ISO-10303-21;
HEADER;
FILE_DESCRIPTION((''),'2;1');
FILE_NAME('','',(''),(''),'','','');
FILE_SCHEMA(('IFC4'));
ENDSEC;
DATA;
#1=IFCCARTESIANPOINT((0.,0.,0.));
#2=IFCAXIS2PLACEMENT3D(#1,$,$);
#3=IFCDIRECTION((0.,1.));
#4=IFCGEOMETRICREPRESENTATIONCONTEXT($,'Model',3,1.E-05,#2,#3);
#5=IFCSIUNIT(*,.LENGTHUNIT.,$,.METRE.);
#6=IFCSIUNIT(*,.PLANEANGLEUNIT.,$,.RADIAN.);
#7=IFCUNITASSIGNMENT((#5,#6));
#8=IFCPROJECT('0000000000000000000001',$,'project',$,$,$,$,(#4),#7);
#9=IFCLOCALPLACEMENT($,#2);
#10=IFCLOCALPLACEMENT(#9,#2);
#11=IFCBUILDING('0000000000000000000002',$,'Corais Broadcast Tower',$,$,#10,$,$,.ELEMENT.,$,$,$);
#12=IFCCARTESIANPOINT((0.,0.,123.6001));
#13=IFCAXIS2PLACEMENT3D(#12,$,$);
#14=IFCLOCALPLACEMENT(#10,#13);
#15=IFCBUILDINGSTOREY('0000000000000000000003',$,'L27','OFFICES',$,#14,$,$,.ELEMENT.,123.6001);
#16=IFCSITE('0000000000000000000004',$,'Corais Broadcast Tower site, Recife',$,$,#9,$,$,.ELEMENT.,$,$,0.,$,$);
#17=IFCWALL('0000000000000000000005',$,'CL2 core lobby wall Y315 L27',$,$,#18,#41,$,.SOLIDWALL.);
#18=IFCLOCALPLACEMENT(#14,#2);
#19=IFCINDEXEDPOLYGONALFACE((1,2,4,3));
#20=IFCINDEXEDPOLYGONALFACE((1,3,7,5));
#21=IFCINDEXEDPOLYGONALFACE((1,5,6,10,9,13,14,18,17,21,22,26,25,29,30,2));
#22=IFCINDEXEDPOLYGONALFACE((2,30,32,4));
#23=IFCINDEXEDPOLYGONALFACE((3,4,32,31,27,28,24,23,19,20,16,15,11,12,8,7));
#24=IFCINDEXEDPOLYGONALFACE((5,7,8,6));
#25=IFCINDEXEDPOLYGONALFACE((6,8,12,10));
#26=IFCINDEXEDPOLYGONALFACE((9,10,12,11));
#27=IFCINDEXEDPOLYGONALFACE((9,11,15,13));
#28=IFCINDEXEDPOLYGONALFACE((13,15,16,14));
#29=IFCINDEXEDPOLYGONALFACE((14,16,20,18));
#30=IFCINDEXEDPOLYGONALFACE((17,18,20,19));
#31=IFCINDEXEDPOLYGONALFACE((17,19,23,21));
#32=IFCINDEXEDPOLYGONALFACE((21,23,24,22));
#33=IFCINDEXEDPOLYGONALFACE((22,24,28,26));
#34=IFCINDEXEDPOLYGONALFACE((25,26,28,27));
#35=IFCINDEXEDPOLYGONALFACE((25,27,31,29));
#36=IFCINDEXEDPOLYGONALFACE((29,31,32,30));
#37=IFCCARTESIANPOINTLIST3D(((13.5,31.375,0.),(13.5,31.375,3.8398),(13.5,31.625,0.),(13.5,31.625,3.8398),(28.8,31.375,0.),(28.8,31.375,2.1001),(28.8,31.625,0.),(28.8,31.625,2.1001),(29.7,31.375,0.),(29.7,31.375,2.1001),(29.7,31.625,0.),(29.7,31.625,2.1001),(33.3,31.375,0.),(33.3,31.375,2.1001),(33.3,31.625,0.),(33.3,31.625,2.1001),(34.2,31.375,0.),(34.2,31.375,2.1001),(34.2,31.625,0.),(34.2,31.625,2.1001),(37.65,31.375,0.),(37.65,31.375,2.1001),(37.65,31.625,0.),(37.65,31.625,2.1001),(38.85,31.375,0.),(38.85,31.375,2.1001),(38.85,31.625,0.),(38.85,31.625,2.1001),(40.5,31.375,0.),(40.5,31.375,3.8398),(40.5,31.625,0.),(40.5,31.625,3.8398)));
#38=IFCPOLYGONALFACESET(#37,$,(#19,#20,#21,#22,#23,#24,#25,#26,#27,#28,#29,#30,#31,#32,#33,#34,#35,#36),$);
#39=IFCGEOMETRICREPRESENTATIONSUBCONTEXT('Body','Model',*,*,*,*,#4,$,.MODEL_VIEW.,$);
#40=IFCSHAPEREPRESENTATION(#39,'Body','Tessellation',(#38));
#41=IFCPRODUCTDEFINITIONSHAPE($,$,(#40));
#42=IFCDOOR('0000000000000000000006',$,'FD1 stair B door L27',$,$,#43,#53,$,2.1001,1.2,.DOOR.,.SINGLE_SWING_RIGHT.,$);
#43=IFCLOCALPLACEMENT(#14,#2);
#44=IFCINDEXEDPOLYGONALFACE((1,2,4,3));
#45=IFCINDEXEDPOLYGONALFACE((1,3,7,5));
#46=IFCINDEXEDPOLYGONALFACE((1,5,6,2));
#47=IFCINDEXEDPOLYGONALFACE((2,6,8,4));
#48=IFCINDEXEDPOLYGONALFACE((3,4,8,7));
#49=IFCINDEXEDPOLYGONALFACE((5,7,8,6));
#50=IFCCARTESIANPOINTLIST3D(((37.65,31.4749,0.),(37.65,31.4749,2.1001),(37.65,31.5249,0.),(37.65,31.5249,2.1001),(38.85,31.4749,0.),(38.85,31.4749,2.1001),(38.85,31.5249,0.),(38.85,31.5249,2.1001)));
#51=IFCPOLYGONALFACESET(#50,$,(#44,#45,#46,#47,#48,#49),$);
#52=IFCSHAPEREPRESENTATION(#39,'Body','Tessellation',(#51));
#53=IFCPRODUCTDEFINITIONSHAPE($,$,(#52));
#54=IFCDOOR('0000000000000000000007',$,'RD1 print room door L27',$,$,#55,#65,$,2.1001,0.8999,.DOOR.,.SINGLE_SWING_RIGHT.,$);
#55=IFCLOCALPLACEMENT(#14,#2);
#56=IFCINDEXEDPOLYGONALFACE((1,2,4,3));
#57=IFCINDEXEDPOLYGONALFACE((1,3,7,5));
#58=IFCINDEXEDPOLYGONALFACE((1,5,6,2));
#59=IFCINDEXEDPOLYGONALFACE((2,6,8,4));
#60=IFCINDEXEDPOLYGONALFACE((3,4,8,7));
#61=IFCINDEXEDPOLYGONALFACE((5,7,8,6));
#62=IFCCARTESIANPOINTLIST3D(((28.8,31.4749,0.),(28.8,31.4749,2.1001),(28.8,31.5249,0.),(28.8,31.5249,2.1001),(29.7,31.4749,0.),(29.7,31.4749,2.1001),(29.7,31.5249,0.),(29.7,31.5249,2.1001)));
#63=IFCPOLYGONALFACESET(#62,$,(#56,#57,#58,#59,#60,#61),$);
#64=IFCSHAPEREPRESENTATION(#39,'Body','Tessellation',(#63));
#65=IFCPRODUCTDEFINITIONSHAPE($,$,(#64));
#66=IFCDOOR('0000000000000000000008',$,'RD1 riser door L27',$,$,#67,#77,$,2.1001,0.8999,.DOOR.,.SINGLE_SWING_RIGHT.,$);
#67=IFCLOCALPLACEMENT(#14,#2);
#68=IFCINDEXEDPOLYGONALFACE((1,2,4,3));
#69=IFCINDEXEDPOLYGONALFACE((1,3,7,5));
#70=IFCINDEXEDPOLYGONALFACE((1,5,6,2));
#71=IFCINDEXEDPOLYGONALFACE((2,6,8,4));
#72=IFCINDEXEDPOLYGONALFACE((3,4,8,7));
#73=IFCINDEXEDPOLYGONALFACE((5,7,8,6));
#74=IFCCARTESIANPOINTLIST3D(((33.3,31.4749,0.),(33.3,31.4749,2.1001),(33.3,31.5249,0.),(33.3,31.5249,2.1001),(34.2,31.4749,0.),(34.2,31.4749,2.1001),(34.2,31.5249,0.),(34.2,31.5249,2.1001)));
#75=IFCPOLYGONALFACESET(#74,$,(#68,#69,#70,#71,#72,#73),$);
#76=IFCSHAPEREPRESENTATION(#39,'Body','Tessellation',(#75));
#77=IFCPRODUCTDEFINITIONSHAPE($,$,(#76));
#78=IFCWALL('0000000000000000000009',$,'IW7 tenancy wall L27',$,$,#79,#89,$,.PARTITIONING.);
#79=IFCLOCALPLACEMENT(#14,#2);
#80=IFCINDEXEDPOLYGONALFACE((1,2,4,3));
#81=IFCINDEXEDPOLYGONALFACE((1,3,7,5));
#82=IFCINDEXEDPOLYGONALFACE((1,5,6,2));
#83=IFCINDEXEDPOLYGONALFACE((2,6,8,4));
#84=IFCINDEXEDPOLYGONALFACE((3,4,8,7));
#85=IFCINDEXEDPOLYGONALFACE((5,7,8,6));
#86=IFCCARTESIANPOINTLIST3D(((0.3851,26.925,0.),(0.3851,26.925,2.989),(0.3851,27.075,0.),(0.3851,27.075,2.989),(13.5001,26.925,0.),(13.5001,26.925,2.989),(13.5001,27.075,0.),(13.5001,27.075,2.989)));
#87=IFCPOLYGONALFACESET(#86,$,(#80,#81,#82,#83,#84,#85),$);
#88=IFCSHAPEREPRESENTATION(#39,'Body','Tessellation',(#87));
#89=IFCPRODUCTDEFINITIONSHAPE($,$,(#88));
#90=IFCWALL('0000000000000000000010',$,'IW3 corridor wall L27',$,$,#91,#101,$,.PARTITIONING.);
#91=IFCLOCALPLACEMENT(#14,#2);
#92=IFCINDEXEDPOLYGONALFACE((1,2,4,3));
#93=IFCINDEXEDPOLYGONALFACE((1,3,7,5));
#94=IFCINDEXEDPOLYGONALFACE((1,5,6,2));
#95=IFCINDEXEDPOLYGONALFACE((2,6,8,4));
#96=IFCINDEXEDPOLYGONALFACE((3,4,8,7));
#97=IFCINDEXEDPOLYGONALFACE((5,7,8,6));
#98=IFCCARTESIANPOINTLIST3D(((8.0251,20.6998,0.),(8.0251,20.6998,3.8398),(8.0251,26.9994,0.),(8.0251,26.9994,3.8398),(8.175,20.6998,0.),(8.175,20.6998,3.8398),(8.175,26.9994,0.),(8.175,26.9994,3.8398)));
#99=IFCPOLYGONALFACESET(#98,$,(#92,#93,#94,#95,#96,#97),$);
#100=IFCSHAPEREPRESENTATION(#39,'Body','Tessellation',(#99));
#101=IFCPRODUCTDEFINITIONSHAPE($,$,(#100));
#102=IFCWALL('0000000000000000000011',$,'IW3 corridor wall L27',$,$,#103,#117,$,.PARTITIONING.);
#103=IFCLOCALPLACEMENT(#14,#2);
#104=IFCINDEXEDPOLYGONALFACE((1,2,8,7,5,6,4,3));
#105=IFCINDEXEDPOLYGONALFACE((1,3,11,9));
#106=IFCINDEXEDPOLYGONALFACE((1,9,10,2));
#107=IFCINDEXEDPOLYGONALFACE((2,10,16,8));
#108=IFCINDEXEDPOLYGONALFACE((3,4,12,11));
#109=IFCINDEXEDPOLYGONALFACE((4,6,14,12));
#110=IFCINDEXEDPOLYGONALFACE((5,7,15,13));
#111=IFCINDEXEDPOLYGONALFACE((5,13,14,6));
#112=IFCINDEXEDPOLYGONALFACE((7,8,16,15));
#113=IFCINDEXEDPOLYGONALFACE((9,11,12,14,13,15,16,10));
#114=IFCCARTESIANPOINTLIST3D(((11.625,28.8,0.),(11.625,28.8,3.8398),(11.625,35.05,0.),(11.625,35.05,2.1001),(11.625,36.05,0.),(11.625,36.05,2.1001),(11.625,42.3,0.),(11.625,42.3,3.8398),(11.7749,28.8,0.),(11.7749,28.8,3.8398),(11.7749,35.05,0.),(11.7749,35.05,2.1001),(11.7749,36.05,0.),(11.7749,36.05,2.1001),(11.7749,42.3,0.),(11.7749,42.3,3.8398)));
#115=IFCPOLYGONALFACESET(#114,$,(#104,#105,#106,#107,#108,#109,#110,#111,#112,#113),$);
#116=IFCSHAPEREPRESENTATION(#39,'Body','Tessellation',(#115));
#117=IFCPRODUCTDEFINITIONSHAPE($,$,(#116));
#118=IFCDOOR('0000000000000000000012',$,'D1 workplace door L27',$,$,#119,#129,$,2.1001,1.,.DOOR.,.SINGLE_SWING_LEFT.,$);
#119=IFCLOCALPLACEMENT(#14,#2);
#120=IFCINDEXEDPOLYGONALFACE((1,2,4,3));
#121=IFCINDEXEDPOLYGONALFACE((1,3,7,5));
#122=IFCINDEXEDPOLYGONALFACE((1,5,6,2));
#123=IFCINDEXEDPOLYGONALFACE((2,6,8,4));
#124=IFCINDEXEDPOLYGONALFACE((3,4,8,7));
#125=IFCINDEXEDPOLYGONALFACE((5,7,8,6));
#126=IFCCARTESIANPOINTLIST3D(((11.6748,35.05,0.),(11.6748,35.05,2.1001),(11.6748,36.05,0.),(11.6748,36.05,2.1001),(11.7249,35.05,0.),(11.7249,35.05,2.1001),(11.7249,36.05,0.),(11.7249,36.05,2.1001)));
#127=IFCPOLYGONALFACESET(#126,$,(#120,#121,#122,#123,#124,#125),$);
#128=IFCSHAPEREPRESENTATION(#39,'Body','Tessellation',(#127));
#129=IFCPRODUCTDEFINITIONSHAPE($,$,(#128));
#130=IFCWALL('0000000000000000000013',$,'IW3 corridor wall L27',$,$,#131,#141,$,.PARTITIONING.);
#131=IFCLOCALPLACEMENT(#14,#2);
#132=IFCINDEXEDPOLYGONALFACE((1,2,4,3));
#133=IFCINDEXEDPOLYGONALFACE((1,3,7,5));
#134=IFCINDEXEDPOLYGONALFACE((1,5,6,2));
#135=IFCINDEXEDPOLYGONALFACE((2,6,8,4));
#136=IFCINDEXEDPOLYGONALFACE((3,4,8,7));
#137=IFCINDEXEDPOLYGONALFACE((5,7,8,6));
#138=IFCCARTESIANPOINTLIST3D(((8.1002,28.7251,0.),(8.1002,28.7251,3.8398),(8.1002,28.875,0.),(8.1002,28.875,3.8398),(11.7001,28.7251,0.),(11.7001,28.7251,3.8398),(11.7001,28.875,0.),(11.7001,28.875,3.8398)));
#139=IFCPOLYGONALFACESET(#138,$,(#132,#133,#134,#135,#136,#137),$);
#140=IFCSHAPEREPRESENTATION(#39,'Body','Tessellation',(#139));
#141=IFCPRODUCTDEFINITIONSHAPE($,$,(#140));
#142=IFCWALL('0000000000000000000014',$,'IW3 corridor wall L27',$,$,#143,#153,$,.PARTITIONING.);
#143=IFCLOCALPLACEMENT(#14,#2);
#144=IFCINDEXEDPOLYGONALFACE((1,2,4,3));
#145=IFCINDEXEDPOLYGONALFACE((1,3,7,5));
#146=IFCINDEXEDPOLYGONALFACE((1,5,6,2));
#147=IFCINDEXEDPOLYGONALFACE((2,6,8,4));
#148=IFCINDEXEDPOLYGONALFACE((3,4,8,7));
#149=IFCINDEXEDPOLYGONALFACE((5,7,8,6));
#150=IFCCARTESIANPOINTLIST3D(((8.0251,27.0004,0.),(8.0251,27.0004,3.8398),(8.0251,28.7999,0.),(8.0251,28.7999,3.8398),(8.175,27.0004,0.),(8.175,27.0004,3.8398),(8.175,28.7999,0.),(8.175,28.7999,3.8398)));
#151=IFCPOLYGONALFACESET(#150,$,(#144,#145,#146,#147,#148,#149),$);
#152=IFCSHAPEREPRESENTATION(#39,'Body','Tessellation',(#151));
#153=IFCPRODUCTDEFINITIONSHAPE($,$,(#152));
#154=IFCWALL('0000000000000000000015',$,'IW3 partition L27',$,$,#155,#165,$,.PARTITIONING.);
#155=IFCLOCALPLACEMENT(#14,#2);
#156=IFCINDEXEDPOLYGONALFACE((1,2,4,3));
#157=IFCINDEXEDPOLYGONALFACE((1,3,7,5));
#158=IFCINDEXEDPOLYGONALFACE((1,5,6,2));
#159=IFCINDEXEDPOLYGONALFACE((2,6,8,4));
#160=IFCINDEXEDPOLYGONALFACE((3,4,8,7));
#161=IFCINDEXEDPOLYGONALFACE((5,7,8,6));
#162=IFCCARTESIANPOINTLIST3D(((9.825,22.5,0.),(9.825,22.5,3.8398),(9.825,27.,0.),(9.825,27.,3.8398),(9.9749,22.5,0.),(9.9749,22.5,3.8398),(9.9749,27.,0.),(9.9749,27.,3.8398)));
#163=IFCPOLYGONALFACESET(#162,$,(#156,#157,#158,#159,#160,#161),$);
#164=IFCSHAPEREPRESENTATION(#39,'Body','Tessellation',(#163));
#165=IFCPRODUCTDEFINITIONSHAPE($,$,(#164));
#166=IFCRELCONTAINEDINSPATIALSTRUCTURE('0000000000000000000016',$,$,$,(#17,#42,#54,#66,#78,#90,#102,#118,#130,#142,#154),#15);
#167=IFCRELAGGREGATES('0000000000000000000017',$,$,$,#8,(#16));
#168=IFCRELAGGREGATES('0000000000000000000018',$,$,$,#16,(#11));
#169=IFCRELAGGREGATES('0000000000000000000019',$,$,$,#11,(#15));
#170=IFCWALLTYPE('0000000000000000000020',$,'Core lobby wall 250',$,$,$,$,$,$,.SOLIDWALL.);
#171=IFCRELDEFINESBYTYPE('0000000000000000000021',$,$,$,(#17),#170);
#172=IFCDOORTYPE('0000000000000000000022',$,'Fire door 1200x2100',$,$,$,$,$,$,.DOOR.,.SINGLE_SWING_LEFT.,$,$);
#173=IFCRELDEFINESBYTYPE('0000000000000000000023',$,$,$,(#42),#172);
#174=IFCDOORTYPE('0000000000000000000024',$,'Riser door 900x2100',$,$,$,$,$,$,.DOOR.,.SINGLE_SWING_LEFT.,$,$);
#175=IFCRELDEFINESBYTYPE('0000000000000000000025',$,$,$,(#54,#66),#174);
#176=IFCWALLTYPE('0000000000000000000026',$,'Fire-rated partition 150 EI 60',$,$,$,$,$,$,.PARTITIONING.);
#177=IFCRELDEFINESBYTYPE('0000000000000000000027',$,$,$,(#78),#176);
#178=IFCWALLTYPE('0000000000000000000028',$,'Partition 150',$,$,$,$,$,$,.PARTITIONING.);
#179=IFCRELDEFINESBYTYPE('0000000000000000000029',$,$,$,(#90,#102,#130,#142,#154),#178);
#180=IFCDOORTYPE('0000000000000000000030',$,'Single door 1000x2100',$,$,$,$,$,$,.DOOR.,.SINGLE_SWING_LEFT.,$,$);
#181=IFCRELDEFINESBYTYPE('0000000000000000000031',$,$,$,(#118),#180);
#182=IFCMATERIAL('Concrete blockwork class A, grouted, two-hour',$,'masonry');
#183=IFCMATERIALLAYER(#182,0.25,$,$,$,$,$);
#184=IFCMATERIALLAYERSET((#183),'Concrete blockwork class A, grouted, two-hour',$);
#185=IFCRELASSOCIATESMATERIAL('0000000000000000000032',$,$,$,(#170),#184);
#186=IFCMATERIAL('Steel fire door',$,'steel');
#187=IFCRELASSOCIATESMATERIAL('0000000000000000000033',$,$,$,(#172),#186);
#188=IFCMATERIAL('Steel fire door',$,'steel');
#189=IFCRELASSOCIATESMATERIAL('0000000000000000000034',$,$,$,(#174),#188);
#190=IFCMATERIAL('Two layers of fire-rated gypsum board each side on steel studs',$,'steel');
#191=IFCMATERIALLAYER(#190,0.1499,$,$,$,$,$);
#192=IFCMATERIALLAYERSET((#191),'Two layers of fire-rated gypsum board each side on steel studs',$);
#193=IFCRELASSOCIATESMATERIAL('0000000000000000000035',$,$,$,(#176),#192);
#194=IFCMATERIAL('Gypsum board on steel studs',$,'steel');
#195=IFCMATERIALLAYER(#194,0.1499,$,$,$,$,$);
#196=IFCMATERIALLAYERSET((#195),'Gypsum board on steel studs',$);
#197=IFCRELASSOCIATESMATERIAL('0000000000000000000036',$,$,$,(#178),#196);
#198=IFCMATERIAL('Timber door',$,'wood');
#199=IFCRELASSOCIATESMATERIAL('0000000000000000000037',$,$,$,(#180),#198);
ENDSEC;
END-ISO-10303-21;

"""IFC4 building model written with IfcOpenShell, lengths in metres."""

from ifc_helpers import new_model, si_unit, direction, frame, frame_2d, origin, place, context, subcontext, project, spatial, rectangle, extrude, material, layer, layer_set, type_object, element, fill, save


model = new_model("IFC4")

# Units and contexts
model_context = context("Model", 3, precision=1e-05, world=origin(), true_north=direction((0.0, 1.0)))
body_context = subcontext(model_context, "Body", "Model", "MODEL_VIEW")
ifc_project = project(units=[si_unit("LENGTHUNIT", "METRE"), si_unit("PLANEANGLEUNIT", "RADIAN")], contexts=[model_context])

# Site, building, storey
site_placement = place(None, origin())
site = spatial("IfcSite", under=ifc_project, at=site_placement, Name="Corais Broadcast Tower site, Recife", CompositionType="ELEMENT", RefElevation=0.0)
building_placement = place(site_placement, origin())
building = spatial("IfcBuilding", under=site, at=building_placement, Name="Corais Broadcast Tower", CompositionType="ELEMENT")
storey_placement = place(building_placement, frame((0.0, 0.0, 123.6001)))
storey = spatial("IfcBuildingStorey", under=building, at=storey_placement, Name="L27", Description="OFFICES", CompositionType="ELEMENT", Elevation=123.6001)

# Wall, openings, doors
ifc_material_1 = material(Name="Concrete blockwork class A, grouted, two-hour", Category="masonry")
ifc_layer_1 = layer(ifc_material_1, 0.25)
ifc_layer_set_1 = layer_set([ifc_layer_1], Name="Concrete blockwork class A, grouted, two-hour")
wall_type_1 = type_object("IfcWallType", Name="Core lobby wall 250", PredefinedType="SOLIDWALL", material=ifc_layer_set_1)
wall_1_placement = place(storey_placement, frame((13.5, 31.5, 0.0), z_axis=(0.0, 0.0, 1.0), x_axis=(1.0, 0.0, 0.0)))
wall_1 = element("IfcWall", 1, at=wall_1_placement, inside=storey, type_object=wall_type_1, Name="CL2 core lobby wall Y315 L27", PredefinedType="SOLIDWALL", context=body_context, shape_type="SweptSolid", body=[
    extrude(rectangle(XDim=27.0, YDim=0.25, at=frame_2d((13.5, 0.0))), origin(), (0.0, 0.0, 1.0), 3.8398),
])
opening_1_placement = place(wall_1_placement, frame((24.1499, 0.0, 0.0)))
opening_1 = element("IfcOpeningElement", 2, at=opening_1_placement, cuts=wall_1, PredefinedType="OPENING", context=body_context, shape_type="SweptSolid", body=[
    extrude(rectangle(XDim=1.2, YDim=2.1001, at=frame_2d((0.6001, 1.05))), frame((0.0, 0.135, 0.0), z_axis=(0.0, -1.0, 0.0), x_axis=(1.0, 0.0, 0.0)), (0.0, 0.0, 1.0), 0.27),
])
opening_2_placement = place(wall_1_placement, frame((15.3, 0.0, 0.0)))
opening_2 = element("IfcOpeningElement", 3, at=opening_2_placement, cuts=wall_1, PredefinedType="OPENING", context=body_context, shape_type="SweptSolid", body=[
    extrude(rectangle(XDim=0.8999, YDim=2.1001, at=frame_2d((0.45, 1.05))), frame((0.0, 0.135, 0.0), z_axis=(0.0, -1.0, 0.0), x_axis=(1.0, 0.0, 0.0)), (0.0, 0.0, 1.0), 0.27),
])
opening_3_placement = place(wall_1_placement, frame((19.8, 0.0, 0.0)))
opening_3 = element("IfcOpeningElement", 4, at=opening_3_placement, cuts=wall_1, PredefinedType="OPENING", context=body_context, shape_type="SweptSolid", body=[
    extrude(rectangle(XDim=0.8999, YDim=2.1001, at=frame_2d((0.45, 1.05))), frame((0.0, 0.135, 0.0), z_axis=(0.0, -1.0, 0.0), x_axis=(1.0, 0.0, 0.0)), (0.0, 0.0, 1.0), 0.27),
])
ifc_material_2 = material(Name="Steel fire door", Category="steel")
door_type_1 = type_object("IfcDoorType", Name="Fire door 1200x2100", OperationType="SINGLE_SWING_LEFT", PredefinedType="DOOR", material=ifc_material_2)
door_1_placement = place(opening_1_placement, origin())
door_1 = element("IfcDoor", 5, at=door_1_placement, inside=storey, type_object=door_type_1, Name="FD1 stair B door L27", OperationType="SINGLE_SWING_RIGHT", OverallHeight=2.1001, OverallWidth=1.2, PredefinedType="DOOR", context=body_context, shape_type="SweptSolid", body=[
    extrude(rectangle(XDim=1.2, YDim=2.1001, at=frame_2d((0.6001, 1.05))), frame((0.0, 0.0249, 0.0), z_axis=(0.0, -1.0, 0.0), x_axis=(1.0, 0.0, 0.0)), (0.0, 0.0, 1.0), 0.05),
])
fill(opening_1, door_1)
ifc_material_3 = material(Name="Steel fire door", Category="steel")
door_type_2 = type_object("IfcDoorType", Name="Riser door 900x2100", OperationType="SINGLE_SWING_LEFT", PredefinedType="DOOR", material=ifc_material_3)
door_2_placement = place(opening_2_placement, origin())
door_2 = element("IfcDoor", 6, at=door_2_placement, inside=storey, type_object=door_type_2, Name="RD1 print room door L27", OperationType="SINGLE_SWING_RIGHT", OverallHeight=2.1001, OverallWidth=0.8999, PredefinedType="DOOR", context=body_context, shape_type="SweptSolid", body=[
    extrude(rectangle(XDim=0.8999, YDim=2.1001, at=frame_2d((0.45, 1.05))), frame((0.0, 0.0249, 0.0), z_axis=(0.0, -1.0, 0.0), x_axis=(1.0, 0.0, 0.0)), (0.0, 0.0, 1.0), 0.05),
])
fill(opening_2, door_2)
door_3_placement = place(opening_3_placement, origin())
door_3 = element("IfcDoor", 7, at=door_3_placement, inside=storey, type_object=door_type_2, Name="RD1 riser door L27", OperationType="SINGLE_SWING_RIGHT", OverallHeight=2.1001, OverallWidth=0.8999, PredefinedType="DOOR", context=body_context, shape_type="SweptSolid", body=[
    extrude(rectangle(XDim=0.8999, YDim=2.1001, at=frame_2d((0.45, 1.05))), frame((0.0, 0.0249, 0.0), z_axis=(0.0, -1.0, 0.0), x_axis=(1.0, 0.0, 0.0)), (0.0, 0.0, 1.0), 0.05),
])
fill(opening_3, door_3)

# Walls
ifc_material_4 = material(Name="Two layers of fire-rated gypsum board each side on steel studs", Category="steel")
ifc_layer_2 = layer(ifc_material_4, 0.1499)
ifc_layer_set_2 = layer_set([ifc_layer_2], Name="Two layers of fire-rated gypsum board each side on steel studs")
wall_type_2 = type_object("IfcWallType", Name="Fire-rated partition 150 EI 60", PredefinedType="PARTITIONING", material=ifc_layer_set_2)
wall_2_placement = place(storey_placement, frame((0.385, 27.0, 0.0), z_axis=(0.0, 0.0, 1.0), x_axis=(1.0, 0.0, 0.0)))
element("IfcWall", 8, at=wall_2_placement, inside=storey, type_object=wall_type_2, Name="IW7 tenancy wall L27", PredefinedType="PARTITIONING", context=body_context, shape_type="SweptSolid", body=[
    extrude(rectangle(XDim=13.115, YDim=0.1499, at=frame_2d((6.5576, 0.0))), origin(), (0.0, 0.0, 1.0), 2.989),
])
ifc_material_5 = material(Name="Gypsum board on steel studs", Category="steel")
ifc_layer_3 = layer(ifc_material_5, 0.1499)
ifc_layer_set_3 = layer_set([ifc_layer_3], Name="Gypsum board on steel studs")
wall_type_3 = type_object("IfcWallType", Name="Partition 150", PredefinedType="PARTITIONING", material=ifc_layer_set_3)
wall_3_placement = place(storey_placement, frame((8.1001, 26.9995, 0.0), z_axis=(0.0, 0.0, 1.0), x_axis=(0.0, -1.0, 0.0)))
element("IfcWall", 9, at=wall_3_placement, inside=storey, type_object=wall_type_3, Name="IW3 corridor wall L27", PredefinedType="PARTITIONING", context=body_context, shape_type="SweptSolid", body=[
    extrude(rectangle(XDim=6.2996, YDim=0.1499, at=frame_2d((3.1499, 0.0))), origin(), (0.0, 0.0, 1.0), 3.8398),
])

# Wall, opening, door
wall_4_placement = place(storey_placement, frame((11.7, 42.3, 0.0), z_axis=(0.0, 0.0, 1.0), x_axis=(0.0, -1.0, 0.0)))
wall_4 = element("IfcWall", 10, at=wall_4_placement, inside=storey, type_object=wall_type_3, Name="IW3 corridor wall L27", PredefinedType="PARTITIONING", context=body_context, shape_type="SweptSolid", body=[
    extrude(rectangle(XDim=13.5, YDim=0.1499, at=frame_2d((6.75, 0.0))), origin(), (0.0, 0.0, 1.0), 3.8398),
])
opening_4_placement = place(wall_4_placement, frame((6.25, 0.0, 0.0)))
opening_4 = element("IfcOpeningElement", 11, at=opening_4_placement, cuts=wall_4, PredefinedType="OPENING", context=body_context, shape_type="SweptSolid", body=[
    extrude(rectangle(XDim=1.0, YDim=2.1001, at=frame_2d((0.5, 1.05))), frame((0.0, 0.085, 0.0), z_axis=(0.0, -1.0, 0.0), x_axis=(1.0, 0.0, 0.0)), (0.0, 0.0, 1.0), 0.1699),
])
ifc_material_6 = material(Name="Timber door", Category="wood")
door_type_3 = type_object("IfcDoorType", Name="Single door 1000x2100", OperationType="SINGLE_SWING_LEFT", PredefinedType="DOOR", material=ifc_material_6)
door_4_placement = place(opening_4_placement, origin())
door_4 = element("IfcDoor", 12, at=door_4_placement, inside=storey, type_object=door_type_3, Name="D1 workplace door L27", OperationType="SINGLE_SWING_LEFT", OverallHeight=2.1001, OverallWidth=1.0, PredefinedType="DOOR", context=body_context, shape_type="SweptSolid", body=[
    extrude(rectangle(XDim=1.0, YDim=2.1001, at=frame_2d((0.5, 1.05))), frame((0.0, 0.0249, 0.0), z_axis=(0.0, -1.0, 0.0), x_axis=(1.0, 0.0, 0.0)), (0.0, 0.0, 1.0), 0.05),
])
fill(opening_4, door_4)

# Walls
wall_5_placement = place(storey_placement, frame((11.7, 28.8, 0.0), z_axis=(0.0, 0.0, 1.0), x_axis=(-1.0, 0.0, 0.0)))
element("IfcWall", 13, at=wall_5_placement, inside=storey, type_object=wall_type_3, Name="IW3 corridor wall L27", PredefinedType="PARTITIONING", context=body_context, shape_type="SweptSolid", body=[
    extrude(rectangle(XDim=3.5999, YDim=0.1499, at=frame_2d((1.7998, 0.0))), origin(), (0.0, 0.0, 1.0), 3.8398),
])
wall_6_placement = place(storey_placement, frame((8.1001, 28.8, 0.0), z_axis=(0.0, 0.0, 1.0), x_axis=(0.0, -1.0, 0.0)))
element("IfcWall", 14, at=wall_6_placement, inside=storey, type_object=wall_type_3, Name="IW3 corridor wall L27", PredefinedType="PARTITIONING", context=body_context, shape_type="SweptSolid", body=[
    extrude(rectangle(XDim=1.7996, YDim=0.1499, at=frame_2d((0.8999, 0.0))), origin(), (0.0, 0.0, 1.0), 3.8398),
])
wall_7_placement = place(storey_placement, frame((9.8999, 27.0, 0.0), z_axis=(0.0, 0.0, 1.0), x_axis=(0.0, -1.0, 0.0)))
element("IfcWall", 15, at=wall_7_placement, inside=storey, type_object=wall_type_3, Name="IW3 partition L27", PredefinedType="PARTITIONING", context=body_context, shape_type="SweptSolid", body=[
    extrude(rectangle(XDim=4.5, YDim=0.1499, at=frame_2d((2.25, 0.0))), origin(), (0.0, 0.0, 1.0), 3.8398),
])

save(model, "model.ifc")
